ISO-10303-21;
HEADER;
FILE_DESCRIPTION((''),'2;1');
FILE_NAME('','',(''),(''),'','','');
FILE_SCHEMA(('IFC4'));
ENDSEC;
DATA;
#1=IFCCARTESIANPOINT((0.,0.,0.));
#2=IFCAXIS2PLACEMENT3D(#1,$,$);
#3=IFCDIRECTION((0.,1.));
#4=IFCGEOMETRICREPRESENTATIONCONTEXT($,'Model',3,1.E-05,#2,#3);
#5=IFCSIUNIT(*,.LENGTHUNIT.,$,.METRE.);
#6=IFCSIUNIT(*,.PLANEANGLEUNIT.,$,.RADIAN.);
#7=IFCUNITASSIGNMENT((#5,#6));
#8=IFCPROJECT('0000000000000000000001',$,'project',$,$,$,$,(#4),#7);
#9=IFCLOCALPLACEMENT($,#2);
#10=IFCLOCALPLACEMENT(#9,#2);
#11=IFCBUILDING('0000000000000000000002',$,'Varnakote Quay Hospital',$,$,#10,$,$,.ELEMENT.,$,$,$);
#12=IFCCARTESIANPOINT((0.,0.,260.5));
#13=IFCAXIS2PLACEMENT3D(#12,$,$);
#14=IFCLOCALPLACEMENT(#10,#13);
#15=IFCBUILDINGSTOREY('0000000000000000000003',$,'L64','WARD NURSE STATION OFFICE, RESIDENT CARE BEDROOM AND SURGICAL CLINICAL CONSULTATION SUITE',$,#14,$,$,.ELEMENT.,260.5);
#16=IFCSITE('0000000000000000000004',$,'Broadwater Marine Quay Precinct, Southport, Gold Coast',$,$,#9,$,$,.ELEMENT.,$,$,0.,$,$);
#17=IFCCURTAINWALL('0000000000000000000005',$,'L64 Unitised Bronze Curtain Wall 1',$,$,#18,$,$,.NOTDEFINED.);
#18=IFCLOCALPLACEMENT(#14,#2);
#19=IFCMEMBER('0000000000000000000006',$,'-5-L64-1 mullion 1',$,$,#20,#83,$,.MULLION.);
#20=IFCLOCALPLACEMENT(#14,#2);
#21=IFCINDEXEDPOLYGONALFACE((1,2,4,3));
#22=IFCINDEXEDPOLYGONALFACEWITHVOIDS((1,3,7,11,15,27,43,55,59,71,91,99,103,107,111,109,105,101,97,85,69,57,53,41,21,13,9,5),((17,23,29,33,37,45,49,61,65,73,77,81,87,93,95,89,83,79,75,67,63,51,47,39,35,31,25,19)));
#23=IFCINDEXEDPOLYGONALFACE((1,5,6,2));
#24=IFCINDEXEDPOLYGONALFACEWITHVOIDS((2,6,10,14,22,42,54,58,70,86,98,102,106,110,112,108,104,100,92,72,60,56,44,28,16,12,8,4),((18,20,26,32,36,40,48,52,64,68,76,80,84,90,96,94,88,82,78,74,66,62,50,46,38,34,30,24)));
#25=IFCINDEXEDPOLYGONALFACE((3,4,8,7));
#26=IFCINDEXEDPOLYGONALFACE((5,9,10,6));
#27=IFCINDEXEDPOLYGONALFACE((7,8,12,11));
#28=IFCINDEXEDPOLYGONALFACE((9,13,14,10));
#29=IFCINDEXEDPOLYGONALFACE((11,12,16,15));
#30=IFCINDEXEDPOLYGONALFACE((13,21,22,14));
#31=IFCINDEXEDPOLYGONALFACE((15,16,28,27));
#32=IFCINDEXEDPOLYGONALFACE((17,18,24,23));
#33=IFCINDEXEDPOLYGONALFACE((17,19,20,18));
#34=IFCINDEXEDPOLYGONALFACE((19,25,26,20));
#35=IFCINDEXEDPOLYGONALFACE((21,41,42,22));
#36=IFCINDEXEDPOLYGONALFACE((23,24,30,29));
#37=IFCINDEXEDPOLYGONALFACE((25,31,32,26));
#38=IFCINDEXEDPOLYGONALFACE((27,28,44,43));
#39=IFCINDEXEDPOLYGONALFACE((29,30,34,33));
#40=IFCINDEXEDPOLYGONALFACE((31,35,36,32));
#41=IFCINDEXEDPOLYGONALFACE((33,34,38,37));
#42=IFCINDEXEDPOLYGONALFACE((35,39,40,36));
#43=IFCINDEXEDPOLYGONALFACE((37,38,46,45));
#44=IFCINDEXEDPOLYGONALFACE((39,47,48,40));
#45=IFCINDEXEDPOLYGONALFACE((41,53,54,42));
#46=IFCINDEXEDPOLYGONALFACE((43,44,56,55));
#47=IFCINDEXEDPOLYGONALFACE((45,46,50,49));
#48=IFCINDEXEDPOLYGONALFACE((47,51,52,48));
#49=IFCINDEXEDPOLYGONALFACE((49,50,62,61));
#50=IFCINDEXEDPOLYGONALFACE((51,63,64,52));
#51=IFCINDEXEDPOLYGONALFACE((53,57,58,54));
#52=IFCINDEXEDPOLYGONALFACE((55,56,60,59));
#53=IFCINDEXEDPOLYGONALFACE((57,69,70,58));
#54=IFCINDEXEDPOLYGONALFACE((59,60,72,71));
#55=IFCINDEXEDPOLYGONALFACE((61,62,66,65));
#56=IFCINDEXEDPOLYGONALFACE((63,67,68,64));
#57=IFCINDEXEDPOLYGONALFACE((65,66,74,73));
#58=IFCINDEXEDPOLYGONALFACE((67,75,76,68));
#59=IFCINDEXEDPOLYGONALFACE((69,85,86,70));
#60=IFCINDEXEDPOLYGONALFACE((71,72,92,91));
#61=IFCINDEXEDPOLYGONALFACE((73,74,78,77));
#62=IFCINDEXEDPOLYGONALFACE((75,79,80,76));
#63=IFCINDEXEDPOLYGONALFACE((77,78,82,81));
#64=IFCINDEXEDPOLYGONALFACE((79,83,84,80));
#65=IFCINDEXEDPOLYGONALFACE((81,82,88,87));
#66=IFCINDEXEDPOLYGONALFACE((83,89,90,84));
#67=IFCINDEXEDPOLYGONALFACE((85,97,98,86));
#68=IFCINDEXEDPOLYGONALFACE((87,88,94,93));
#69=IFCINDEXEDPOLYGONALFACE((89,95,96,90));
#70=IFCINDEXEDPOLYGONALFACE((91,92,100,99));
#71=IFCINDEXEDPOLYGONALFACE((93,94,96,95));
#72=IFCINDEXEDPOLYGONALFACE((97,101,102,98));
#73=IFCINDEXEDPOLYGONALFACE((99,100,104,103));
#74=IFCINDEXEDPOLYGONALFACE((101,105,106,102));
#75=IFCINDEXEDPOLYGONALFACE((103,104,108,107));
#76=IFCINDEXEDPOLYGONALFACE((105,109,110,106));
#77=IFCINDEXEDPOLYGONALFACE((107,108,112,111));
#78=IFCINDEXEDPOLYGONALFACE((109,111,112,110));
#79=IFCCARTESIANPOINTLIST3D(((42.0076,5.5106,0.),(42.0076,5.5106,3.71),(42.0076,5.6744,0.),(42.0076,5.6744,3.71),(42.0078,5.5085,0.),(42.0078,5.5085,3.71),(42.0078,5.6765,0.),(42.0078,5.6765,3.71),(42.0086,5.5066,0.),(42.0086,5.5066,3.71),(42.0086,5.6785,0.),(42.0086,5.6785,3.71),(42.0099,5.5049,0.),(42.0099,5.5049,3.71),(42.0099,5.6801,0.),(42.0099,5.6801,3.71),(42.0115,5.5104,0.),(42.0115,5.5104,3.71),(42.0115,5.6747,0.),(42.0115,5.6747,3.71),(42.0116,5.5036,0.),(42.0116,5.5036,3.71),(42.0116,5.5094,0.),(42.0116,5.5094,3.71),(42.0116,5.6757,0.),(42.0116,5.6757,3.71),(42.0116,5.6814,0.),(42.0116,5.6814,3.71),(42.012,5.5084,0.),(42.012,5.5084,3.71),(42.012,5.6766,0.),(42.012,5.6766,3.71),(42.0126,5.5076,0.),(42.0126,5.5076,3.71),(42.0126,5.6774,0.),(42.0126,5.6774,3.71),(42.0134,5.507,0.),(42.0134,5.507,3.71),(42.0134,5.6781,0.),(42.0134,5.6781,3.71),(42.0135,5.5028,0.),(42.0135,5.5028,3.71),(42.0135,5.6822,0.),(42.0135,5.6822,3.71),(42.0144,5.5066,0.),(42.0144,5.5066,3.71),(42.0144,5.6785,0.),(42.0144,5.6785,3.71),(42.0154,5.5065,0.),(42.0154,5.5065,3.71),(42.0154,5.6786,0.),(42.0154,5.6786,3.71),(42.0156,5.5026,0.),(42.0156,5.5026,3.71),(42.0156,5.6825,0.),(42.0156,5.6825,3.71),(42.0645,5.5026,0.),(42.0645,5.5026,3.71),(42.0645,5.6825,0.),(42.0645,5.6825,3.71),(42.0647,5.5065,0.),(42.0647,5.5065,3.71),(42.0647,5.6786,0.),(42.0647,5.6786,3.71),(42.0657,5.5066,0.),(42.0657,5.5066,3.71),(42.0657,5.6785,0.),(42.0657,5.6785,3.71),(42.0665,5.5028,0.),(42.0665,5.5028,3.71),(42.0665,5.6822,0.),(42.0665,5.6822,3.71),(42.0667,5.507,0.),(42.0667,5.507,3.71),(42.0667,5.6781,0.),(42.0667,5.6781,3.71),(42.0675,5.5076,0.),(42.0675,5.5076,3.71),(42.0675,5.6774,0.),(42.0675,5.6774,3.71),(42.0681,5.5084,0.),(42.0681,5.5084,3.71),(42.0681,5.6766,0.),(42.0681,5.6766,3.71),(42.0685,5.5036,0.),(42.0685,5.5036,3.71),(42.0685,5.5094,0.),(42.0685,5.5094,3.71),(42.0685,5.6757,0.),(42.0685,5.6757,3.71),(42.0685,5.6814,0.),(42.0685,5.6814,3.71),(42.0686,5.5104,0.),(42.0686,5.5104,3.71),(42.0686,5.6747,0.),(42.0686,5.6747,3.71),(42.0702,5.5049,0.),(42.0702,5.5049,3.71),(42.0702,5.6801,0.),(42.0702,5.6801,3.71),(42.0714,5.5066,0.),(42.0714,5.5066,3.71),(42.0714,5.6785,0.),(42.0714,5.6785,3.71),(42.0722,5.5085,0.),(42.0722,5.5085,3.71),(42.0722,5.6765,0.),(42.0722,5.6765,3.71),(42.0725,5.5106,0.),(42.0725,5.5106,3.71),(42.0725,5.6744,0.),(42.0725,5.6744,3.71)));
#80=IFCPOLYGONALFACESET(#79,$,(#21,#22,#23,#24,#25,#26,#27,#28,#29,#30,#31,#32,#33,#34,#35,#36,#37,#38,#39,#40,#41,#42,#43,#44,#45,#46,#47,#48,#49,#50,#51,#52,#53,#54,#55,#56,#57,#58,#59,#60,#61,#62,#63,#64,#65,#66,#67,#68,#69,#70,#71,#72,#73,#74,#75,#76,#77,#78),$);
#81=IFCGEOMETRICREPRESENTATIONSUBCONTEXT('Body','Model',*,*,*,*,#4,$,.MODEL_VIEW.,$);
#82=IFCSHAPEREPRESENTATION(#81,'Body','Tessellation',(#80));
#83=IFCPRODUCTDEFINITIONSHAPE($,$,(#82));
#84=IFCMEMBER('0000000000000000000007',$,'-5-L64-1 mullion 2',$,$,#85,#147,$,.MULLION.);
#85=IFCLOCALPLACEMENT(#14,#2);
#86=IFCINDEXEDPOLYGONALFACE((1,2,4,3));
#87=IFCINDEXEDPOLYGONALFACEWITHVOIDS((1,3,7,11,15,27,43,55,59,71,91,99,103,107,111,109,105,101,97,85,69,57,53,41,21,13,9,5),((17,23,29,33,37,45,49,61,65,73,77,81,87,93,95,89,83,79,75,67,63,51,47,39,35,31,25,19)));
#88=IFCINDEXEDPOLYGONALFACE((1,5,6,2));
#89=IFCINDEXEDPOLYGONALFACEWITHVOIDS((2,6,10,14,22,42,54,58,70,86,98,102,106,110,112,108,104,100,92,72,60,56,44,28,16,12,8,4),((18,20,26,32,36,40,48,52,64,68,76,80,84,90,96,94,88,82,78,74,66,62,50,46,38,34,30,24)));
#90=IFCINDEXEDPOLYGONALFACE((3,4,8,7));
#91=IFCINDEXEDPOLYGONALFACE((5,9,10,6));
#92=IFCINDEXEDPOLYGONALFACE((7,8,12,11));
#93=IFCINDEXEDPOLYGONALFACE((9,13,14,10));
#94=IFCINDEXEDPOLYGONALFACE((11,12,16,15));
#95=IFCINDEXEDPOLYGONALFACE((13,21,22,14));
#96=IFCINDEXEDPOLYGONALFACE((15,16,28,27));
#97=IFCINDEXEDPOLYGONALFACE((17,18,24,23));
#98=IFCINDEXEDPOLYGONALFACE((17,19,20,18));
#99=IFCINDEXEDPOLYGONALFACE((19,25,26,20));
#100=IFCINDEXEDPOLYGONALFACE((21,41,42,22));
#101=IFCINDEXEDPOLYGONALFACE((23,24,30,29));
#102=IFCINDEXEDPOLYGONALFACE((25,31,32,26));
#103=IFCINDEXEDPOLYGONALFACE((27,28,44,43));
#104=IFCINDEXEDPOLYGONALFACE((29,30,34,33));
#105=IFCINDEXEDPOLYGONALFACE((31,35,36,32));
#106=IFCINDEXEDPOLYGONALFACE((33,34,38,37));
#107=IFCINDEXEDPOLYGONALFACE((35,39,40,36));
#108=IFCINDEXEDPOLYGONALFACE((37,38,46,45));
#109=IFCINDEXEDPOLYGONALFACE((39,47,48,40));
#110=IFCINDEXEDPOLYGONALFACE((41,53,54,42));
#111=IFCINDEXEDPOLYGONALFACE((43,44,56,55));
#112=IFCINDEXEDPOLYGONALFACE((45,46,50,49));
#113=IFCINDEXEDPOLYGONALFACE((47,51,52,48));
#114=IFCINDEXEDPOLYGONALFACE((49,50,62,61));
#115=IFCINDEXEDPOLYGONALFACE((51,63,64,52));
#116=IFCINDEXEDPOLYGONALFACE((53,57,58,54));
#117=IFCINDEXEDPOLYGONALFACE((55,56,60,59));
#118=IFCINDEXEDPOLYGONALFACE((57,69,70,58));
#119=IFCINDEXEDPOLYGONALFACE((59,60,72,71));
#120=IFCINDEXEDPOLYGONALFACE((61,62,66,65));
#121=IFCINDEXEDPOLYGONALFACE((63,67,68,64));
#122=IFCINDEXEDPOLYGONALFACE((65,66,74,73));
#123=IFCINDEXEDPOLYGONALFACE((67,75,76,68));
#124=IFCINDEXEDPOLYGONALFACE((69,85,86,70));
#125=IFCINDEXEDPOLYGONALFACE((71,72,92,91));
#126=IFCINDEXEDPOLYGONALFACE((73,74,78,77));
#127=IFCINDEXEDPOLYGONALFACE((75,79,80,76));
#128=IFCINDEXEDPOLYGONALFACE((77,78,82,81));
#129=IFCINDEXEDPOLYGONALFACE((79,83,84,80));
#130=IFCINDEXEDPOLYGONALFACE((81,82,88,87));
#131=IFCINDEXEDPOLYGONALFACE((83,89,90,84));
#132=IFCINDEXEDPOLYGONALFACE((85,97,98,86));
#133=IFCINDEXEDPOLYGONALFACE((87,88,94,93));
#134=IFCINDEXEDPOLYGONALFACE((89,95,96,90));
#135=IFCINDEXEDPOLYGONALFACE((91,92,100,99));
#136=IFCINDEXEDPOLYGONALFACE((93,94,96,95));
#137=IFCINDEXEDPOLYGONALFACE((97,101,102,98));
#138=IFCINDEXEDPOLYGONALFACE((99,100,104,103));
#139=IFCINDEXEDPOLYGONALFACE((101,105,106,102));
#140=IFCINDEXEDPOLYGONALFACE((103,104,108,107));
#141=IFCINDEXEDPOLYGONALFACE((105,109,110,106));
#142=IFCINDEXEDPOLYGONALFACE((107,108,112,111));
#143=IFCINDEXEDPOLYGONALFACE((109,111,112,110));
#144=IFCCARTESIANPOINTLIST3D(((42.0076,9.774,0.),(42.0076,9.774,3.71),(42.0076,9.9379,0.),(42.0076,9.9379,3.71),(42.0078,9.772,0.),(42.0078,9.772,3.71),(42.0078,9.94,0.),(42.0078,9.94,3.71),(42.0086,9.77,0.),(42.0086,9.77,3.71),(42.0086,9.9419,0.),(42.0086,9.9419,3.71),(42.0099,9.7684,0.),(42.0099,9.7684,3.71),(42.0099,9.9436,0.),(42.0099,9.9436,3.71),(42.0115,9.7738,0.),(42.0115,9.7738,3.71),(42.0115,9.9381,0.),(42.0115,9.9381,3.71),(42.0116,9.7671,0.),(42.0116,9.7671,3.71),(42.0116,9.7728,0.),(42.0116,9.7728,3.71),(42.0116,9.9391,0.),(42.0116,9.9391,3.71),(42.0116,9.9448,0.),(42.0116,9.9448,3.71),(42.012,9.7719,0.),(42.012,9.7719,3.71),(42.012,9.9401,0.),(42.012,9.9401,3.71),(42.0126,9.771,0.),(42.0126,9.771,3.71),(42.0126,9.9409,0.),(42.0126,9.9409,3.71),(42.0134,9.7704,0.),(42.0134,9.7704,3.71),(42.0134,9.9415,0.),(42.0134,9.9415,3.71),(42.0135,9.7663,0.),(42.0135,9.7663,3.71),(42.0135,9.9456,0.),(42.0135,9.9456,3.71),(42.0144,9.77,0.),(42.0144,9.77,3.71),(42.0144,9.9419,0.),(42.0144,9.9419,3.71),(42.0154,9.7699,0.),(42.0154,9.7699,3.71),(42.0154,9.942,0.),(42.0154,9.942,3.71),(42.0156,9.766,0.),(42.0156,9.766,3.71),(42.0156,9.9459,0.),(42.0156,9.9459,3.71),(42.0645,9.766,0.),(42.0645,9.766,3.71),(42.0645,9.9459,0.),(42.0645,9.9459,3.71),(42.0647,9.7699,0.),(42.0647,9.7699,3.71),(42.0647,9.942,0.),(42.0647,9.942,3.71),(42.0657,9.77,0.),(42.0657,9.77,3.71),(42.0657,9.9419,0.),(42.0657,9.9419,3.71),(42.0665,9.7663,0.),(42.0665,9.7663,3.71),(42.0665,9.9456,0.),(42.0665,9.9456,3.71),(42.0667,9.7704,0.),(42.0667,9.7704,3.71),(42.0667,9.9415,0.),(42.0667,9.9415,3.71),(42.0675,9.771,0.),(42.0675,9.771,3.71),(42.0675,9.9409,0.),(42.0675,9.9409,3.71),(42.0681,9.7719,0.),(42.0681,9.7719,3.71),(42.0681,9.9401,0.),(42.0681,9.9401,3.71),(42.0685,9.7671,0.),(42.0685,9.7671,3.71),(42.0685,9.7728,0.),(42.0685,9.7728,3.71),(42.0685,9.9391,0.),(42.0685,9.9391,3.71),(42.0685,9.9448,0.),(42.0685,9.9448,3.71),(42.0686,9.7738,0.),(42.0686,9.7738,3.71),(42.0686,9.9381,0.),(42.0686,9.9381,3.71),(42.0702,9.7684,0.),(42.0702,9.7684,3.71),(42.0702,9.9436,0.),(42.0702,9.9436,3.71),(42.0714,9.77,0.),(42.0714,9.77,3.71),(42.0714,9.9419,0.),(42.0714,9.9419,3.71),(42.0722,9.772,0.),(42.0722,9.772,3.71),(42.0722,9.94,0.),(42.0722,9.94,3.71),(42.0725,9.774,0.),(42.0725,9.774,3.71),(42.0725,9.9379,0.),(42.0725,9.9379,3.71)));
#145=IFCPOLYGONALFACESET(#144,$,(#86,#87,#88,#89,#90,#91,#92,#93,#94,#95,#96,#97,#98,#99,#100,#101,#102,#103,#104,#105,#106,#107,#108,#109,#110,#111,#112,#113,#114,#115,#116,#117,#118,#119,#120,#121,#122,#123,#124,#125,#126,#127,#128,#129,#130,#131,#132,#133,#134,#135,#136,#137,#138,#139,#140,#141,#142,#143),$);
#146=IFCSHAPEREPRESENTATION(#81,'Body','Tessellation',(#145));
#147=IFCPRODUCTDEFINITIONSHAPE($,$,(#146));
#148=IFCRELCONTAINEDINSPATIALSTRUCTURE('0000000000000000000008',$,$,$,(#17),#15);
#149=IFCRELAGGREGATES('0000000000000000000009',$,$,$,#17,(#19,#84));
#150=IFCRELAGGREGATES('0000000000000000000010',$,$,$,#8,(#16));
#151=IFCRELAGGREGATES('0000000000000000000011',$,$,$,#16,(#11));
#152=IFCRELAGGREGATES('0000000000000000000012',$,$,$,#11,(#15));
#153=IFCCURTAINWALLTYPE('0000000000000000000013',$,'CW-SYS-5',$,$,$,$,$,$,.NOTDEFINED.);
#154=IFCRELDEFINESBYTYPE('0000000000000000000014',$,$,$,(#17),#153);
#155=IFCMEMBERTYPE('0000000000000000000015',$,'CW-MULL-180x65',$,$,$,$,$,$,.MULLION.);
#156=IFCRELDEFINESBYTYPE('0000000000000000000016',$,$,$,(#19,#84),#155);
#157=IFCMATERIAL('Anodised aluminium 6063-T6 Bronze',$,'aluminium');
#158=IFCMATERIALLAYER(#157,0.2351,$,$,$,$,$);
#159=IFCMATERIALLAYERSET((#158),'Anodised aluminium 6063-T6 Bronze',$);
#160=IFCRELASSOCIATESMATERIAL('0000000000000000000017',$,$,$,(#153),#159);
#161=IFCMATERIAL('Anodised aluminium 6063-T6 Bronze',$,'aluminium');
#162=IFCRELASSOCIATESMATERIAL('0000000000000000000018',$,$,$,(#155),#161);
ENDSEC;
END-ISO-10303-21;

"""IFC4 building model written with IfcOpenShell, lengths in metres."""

from ifc_helpers import new_model, si_unit, direction, frame, origin, origin_2d, place, context, subcontext, project, spatial, hollow_rectangle, extrude, material, layer, layer_set, material_profile, profile_set, type_object, element, aggregate, save


model = new_model("IFC4")

# Units and contexts
model_context = context("Model", 3, precision=1e-05, world=origin(), true_north=direction((0.0, 1.0)))
body_context = subcontext(model_context, "Body", "Model", "MODEL_VIEW")
ifc_project = project(units=[si_unit("LENGTHUNIT", "METRE"), si_unit("PLANEANGLEUNIT", "RADIAN")], contexts=[model_context])

# Site, building, storey
site_placement = place(None, origin())
site = spatial("IfcSite", under=ifc_project, at=site_placement, Name="Broadwater Marine Quay Precinct, Southport, Gold Coast", CompositionType="ELEMENT", RefElevation=0.0)
building_placement = place(site_placement, origin())
building = spatial("IfcBuilding", under=site, at=building_placement, Name="Varnakote Quay Hospital", CompositionType="ELEMENT")
storey_placement = place(building_placement, frame((0.0, 0.0, 260.5)))
storey = spatial("IfcBuildingStorey", under=building, at=storey_placement, Name="L64", Description="WARD NURSE STATION OFFICE, RESIDENT CARE BEDROOM AND SURGICAL CLINICAL CONSULTATION SUITE", CompositionType="ELEMENT", Elevation=260.5)

# Curtain wall, members
ifc_material_1 = material(Name="Anodised aluminium 6063-T6 Bronze", Category="aluminium")
ifc_layer_1 = layer(ifc_material_1, 0.2351)
ifc_layer_set_1 = layer_set([ifc_layer_1], Name="Anodised aluminium 6063-T6 Bronze")
curtain_wall_type = type_object("IfcCurtainWallType", Name="CW-SYS-5", PredefinedType="NOTDEFINED", material=ifc_layer_set_1)
curtain_wall_placement = place(storey_placement, origin())
curtain_wall = element("IfcCurtainWall", 1, at=curtain_wall_placement, inside=storey, type_object=curtain_wall_type, Name="L64 Unitised Bronze Curtain Wall 1", PredefinedType="NOTDEFINED")
ifc_material_2 = material(Name="Anodised aluminium 6063-T6 Bronze", Category="aluminium")
ifc_material_profile_1 = material_profile(ifc_material_2, hollow_rectangle(XDim=0.0649, YDim=0.1799, WallThickness=0.0039, InnerFilletRadius=0.0039, OuterFilletRadius=0.0081, at=origin_2d()), Name="CW-MULL-180x65")
ifc_profile_set_1 = profile_set([ifc_material_profile_1], Name="Anodised aluminium 6063-T6 Bronze")
member_type_1 = type_object("IfcMemberType", Name="CW-MULL-180x65", PredefinedType="MULLION", material=ifc_profile_set_1)
member_1_placement = place(storey_placement, frame((42.04, 5.5925, 0.0), z_axis=(0.0, 0.0, 1.0), x_axis=(-1.0, 0.0, 0.0)))
member_1 = element("IfcMember", 2, at=member_1_placement, type_object=member_type_1, Name="-5-L64-1 mullion 1", PredefinedType="MULLION", context=body_context, shape_type="SweptSolid", body=[
    extrude(hollow_rectangle(XDim=0.0649, YDim=0.1799, WallThickness=0.0039, InnerFilletRadius=0.0039, OuterFilletRadius=0.0081, at=origin_2d()), origin(), (0.0, 0.0, 1.0), 3.71),
])
member_2_placement = place(storey_placement, frame((42.04, 9.856, 0.0), z_axis=(0.0, 0.0, 1.0), x_axis=(-1.0, 0.0, 0.0)))
member_2 = element("IfcMember", 3, at=member_2_placement, type_object=member_type_1, Name="-5-L64-1 mullion 2", PredefinedType="MULLION", context=body_context, shape_type="SweptSolid", body=[
    extrude(hollow_rectangle(XDim=0.0649, YDim=0.1799, WallThickness=0.0039, InnerFilletRadius=0.0039, OuterFilletRadius=0.0081, at=origin_2d()), origin(), (0.0, 0.0, 1.0), 3.71),
])
aggregate(curtain_wall, [member_1, member_2])

save(model, "model.ifc")
